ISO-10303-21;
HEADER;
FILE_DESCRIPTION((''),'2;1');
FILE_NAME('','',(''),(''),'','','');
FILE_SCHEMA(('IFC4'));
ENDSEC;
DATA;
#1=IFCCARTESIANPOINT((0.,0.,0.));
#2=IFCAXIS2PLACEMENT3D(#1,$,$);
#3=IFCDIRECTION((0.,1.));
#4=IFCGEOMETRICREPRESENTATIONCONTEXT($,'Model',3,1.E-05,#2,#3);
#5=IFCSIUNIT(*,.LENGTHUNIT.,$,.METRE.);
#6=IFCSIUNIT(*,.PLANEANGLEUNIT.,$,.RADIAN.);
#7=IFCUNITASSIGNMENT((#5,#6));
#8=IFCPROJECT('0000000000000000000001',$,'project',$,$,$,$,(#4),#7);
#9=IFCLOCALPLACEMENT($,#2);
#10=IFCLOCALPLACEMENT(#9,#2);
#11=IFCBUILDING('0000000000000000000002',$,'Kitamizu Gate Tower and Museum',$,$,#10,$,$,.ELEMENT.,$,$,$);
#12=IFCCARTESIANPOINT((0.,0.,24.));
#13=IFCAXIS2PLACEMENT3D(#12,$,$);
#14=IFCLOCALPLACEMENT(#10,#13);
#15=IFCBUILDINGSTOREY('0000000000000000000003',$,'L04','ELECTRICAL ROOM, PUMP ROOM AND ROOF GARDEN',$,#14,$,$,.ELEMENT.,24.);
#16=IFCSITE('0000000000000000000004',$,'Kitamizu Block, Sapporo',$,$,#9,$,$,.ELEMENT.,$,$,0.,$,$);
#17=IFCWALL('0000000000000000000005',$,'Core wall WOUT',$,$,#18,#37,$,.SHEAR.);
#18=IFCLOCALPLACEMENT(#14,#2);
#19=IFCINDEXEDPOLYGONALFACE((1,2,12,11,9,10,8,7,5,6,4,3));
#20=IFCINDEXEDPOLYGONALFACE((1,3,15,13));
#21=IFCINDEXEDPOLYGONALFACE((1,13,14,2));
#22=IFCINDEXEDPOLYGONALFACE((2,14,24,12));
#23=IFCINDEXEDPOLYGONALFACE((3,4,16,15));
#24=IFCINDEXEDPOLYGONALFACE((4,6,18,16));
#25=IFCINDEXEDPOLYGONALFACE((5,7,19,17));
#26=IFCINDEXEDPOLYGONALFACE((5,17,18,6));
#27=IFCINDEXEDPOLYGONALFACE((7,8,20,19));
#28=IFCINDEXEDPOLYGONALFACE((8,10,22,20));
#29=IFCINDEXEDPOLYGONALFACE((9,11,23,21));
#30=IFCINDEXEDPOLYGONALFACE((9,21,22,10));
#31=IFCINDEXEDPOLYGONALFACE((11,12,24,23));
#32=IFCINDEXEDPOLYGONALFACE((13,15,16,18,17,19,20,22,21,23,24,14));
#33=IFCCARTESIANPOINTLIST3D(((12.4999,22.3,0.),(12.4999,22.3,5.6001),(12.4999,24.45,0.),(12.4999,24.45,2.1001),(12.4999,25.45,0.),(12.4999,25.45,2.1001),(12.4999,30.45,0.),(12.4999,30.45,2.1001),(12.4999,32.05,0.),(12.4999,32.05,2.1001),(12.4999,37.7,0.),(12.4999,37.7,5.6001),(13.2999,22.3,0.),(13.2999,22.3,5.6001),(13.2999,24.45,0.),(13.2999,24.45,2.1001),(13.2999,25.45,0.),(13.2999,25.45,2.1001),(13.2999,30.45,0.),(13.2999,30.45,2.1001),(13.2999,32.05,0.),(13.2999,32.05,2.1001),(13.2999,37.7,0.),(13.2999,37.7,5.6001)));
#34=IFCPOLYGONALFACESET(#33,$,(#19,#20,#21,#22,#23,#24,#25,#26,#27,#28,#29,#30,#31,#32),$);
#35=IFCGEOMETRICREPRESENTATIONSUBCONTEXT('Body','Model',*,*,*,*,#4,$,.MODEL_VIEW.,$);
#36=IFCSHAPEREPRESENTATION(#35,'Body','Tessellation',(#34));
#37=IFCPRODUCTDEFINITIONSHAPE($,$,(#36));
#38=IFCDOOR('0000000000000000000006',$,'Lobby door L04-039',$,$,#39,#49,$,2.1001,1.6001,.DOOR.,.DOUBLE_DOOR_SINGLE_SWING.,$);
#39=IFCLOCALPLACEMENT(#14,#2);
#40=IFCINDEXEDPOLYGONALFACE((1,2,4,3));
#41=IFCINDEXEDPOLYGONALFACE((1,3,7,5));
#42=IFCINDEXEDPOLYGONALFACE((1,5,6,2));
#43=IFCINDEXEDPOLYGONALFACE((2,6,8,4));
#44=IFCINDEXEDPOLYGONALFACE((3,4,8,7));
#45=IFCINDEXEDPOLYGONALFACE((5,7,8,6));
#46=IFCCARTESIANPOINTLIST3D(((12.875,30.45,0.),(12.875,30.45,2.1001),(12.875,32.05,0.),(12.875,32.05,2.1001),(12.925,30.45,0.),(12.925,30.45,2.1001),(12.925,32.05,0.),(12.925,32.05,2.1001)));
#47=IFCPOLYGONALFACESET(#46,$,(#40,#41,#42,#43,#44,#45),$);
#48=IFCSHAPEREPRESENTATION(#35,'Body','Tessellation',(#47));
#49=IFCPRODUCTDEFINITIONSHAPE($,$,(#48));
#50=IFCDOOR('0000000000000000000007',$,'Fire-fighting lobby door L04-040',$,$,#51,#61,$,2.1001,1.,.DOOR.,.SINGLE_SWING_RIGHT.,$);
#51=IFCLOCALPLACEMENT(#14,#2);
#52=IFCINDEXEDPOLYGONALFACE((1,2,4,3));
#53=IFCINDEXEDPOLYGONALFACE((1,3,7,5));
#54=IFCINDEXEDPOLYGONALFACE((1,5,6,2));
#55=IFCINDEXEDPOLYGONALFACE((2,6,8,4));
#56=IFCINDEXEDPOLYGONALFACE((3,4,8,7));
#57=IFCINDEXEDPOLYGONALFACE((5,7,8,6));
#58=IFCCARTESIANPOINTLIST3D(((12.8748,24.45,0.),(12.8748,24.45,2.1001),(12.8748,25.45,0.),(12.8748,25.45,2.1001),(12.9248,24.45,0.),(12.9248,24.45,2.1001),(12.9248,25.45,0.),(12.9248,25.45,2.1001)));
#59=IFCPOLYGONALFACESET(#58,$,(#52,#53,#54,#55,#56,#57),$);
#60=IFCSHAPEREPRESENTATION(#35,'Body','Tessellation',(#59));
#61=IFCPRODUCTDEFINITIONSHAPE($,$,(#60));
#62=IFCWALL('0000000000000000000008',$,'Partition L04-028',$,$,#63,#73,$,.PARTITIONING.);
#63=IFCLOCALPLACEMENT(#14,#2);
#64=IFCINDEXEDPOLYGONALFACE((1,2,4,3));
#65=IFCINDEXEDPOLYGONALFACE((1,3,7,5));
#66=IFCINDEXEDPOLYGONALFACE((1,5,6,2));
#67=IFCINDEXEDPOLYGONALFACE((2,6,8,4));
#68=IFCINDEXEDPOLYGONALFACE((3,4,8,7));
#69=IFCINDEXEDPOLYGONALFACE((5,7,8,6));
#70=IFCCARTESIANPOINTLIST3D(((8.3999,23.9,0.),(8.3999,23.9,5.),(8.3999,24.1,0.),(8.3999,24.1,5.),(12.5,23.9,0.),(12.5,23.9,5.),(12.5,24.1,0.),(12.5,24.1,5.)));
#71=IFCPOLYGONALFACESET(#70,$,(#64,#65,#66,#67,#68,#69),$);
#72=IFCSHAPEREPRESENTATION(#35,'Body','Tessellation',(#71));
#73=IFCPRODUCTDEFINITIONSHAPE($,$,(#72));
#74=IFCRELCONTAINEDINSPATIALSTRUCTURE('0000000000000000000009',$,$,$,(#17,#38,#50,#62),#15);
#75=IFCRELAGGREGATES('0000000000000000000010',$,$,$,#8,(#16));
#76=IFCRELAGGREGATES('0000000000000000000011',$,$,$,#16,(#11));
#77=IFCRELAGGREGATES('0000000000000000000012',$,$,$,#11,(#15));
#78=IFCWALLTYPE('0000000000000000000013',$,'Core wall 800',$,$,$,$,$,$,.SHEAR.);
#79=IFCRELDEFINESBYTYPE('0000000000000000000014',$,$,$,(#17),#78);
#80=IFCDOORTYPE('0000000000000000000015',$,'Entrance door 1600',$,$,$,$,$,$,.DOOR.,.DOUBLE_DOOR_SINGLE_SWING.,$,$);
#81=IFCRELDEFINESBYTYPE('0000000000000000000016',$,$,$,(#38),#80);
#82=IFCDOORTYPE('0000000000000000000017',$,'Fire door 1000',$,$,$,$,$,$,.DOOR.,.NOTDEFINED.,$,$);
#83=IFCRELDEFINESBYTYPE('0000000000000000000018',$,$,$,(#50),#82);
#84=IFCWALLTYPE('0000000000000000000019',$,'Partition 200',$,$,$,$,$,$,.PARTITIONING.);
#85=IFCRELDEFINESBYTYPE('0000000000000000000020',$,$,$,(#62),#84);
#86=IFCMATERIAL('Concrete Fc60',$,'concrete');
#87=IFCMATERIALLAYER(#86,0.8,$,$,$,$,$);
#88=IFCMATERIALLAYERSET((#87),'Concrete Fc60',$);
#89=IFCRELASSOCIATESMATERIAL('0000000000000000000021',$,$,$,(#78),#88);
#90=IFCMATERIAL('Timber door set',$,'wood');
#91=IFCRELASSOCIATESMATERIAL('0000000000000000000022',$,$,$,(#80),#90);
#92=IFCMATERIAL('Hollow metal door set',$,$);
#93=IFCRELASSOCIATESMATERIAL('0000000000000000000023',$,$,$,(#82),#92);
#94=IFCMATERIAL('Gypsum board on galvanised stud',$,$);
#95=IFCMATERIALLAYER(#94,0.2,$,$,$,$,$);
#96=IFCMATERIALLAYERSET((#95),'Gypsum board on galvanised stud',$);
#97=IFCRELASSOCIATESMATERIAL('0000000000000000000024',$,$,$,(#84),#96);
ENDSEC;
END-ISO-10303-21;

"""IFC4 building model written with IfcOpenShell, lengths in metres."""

from ifc_helpers import new_model, si_unit, direction, frame, frame_2d, origin, place, context, subcontext, project, spatial, rectangle, extrude, material, layer, layer_set, type_object, element, fill, save


model = new_model("IFC4")

# Units and contexts
model_context = context("Model", 3, precision=1e-05, world=origin(), true_north=direction((0.0, 1.0)))
body_context = subcontext(model_context, "Body", "Model", "MODEL_VIEW")
ifc_project = project(units=[si_unit("LENGTHUNIT", "METRE"), si_unit("PLANEANGLEUNIT", "RADIAN")], contexts=[model_context])

# Site, building, storey
site_placement = place(None, origin())
site = spatial("IfcSite", under=ifc_project, at=site_placement, Name="Kitamizu Block, Sapporo", CompositionType="ELEMENT", RefElevation=0.0)
building_placement = place(site_placement, origin())
building = spatial("IfcBuilding", under=site, at=building_placement, Name="Kitamizu Gate Tower and Museum", CompositionType="ELEMENT")
storey_placement = place(building_placement, frame((0.0, 0.0, 24.0)))
storey = spatial("IfcBuildingStorey", under=building, at=storey_placement, Name="L04", Description="ELECTRICAL ROOM, PUMP ROOM AND ROOF GARDEN", CompositionType="ELEMENT", Elevation=24.0)

# Wall, openings, doors
ifc_material_1 = material(Name="Concrete Fc60", Category="concrete")
ifc_layer_1 = layer(ifc_material_1, 0.8)
ifc_layer_set_1 = layer_set([ifc_layer_1], Name="Concrete Fc60")
wall_type_1 = type_object("IfcWallType", Name="Core wall 800", PredefinedType="SHEAR", material=ifc_layer_set_1)
wall_1_placement = place(storey_placement, frame((12.8999, 22.3, 0.0), z_axis=(0.0, 0.0, 1.0), x_axis=(0.0, 1.0, 0.0)))
wall_1 = element("IfcWall", 1, at=wall_1_placement, inside=storey, type_object=wall_type_1, Name="Core wall WOUT", PredefinedType="SHEAR", context=body_context, shape_type="SweptSolid", body=[
    extrude(rectangle(XDim=15.3999, YDim=0.8, at=frame_2d((7.7, 0.0))), origin(), (0.0, 0.0, 1.0), 5.6001),
])
opening_1_placement = place(wall_1_placement, frame((8.1499, 0.0, 0.0)))
opening_1 = element("IfcOpeningElement", 2, at=opening_1_placement, cuts=wall_1, PredefinedType="OPENING", context=body_context, shape_type="SweptSolid", body=[
    extrude(rectangle(XDim=1.6001, YDim=2.1001, at=frame_2d((0.8, 1.05))), frame((0.0, 0.4102, 0.0), z_axis=(0.0, -1.0, 0.0), x_axis=(1.0, 0.0, 0.0)), (0.0, 0.0, 1.0), 0.8201),
])
opening_2_placement = place(wall_1_placement, frame((2.1499, 0.0, 0.0)))
opening_2 = element("IfcOpeningElement", 3, at=opening_2_placement, cuts=wall_1, PredefinedType="OPENING", context=body_context, shape_type="SweptSolid", body=[
    extrude(rectangle(XDim=1.0, YDim=2.1001, at=frame_2d((0.5, 1.05))), frame((0.0, 0.4102, 0.0), z_axis=(0.0, -1.0, 0.0), x_axis=(1.0, 0.0, 0.0)), (0.0, 0.0, 1.0), 0.8201),
])
ifc_material_2 = material(Name="Timber door set", Category="wood")
door_type_1 = type_object("IfcDoorType", Name="Entrance door 1600", OperationType="DOUBLE_DOOR_SINGLE_SWING", PredefinedType="DOOR", material=ifc_material_2)
door_1_placement = place(opening_1_placement, origin())
door_1 = element("IfcDoor", 4, at=door_1_placement, inside=storey, type_object=door_type_1, Name="Lobby door L04-039", OperationType="DOUBLE_DOOR_SINGLE_SWING", OverallHeight=2.1001, OverallWidth=1.6001, PredefinedType="DOOR", context=body_context, shape_type="SweptSolid", body=[
    extrude(rectangle(XDim=1.6001, YDim=2.1001, at=frame_2d((0.8, 1.05))), frame((0.0, 0.0249, 0.0), z_axis=(0.0, -1.0, 0.0), x_axis=(1.0, 0.0, 0.0)), (0.0, 0.0, 1.0), 0.05),
])
fill(opening_1, door_1)
ifc_material_3 = material(Name="Hollow metal door set")
door_type_2 = type_object("IfcDoorType", Name="Fire door 1000", OperationType="NOTDEFINED", PredefinedType="DOOR", material=ifc_material_3)
door_2_placement = place(opening_2_placement, frame((1.0, 0.0, 0.0), x_axis=(-1.0, 0.0, 0.0)))
door_2 = element("IfcDoor", 5, at=door_2_placement, inside=storey, type_object=door_type_2, Name="Fire-fighting lobby door L04-040", OperationType="SINGLE_SWING_RIGHT", OverallHeight=2.1001, OverallWidth=1.0, PredefinedType="DOOR", context=body_context, shape_type="SweptSolid", body=[
    extrude(rectangle(XDim=1.0, YDim=2.1001, at=frame_2d((0.5, 1.05))), frame((0.0, 0.0249, 0.0), z_axis=(0.0, -1.0, 0.0), x_axis=(1.0, 0.0, 0.0)), (0.0, 0.0, 1.0), 0.05),
])
fill(opening_2, door_2)

# Wall
ifc_material_4 = material(Name="Gypsum board on galvanised stud")
ifc_layer_2 = layer(ifc_material_4, 0.2)
ifc_layer_set_2 = layer_set([ifc_layer_2], Name="Gypsum board on galvanised stud")
wall_type_2 = type_object("IfcWallType", Name="Partition 200", PredefinedType="PARTITIONING", material=ifc_layer_set_2)
wall_2_placement = place(storey_placement, frame((12.5, 24.0, 0.0), z_axis=(0.0, 0.0, 1.0), x_axis=(-1.0, 0.0, 0.0)))
element("IfcWall", 6, at=wall_2_placement, inside=storey, type_object=wall_type_2, Name="Partition L04-028", PredefinedType="PARTITIONING", context=body_context, shape_type="SweptSolid", body=[
    extrude(rectangle(XDim=4.1001, YDim=0.2, at=frame_2d((2.05, 0.0))), origin(), (0.0, 0.0, 1.0), 5.0),
])

save(model, "model.ifc")
